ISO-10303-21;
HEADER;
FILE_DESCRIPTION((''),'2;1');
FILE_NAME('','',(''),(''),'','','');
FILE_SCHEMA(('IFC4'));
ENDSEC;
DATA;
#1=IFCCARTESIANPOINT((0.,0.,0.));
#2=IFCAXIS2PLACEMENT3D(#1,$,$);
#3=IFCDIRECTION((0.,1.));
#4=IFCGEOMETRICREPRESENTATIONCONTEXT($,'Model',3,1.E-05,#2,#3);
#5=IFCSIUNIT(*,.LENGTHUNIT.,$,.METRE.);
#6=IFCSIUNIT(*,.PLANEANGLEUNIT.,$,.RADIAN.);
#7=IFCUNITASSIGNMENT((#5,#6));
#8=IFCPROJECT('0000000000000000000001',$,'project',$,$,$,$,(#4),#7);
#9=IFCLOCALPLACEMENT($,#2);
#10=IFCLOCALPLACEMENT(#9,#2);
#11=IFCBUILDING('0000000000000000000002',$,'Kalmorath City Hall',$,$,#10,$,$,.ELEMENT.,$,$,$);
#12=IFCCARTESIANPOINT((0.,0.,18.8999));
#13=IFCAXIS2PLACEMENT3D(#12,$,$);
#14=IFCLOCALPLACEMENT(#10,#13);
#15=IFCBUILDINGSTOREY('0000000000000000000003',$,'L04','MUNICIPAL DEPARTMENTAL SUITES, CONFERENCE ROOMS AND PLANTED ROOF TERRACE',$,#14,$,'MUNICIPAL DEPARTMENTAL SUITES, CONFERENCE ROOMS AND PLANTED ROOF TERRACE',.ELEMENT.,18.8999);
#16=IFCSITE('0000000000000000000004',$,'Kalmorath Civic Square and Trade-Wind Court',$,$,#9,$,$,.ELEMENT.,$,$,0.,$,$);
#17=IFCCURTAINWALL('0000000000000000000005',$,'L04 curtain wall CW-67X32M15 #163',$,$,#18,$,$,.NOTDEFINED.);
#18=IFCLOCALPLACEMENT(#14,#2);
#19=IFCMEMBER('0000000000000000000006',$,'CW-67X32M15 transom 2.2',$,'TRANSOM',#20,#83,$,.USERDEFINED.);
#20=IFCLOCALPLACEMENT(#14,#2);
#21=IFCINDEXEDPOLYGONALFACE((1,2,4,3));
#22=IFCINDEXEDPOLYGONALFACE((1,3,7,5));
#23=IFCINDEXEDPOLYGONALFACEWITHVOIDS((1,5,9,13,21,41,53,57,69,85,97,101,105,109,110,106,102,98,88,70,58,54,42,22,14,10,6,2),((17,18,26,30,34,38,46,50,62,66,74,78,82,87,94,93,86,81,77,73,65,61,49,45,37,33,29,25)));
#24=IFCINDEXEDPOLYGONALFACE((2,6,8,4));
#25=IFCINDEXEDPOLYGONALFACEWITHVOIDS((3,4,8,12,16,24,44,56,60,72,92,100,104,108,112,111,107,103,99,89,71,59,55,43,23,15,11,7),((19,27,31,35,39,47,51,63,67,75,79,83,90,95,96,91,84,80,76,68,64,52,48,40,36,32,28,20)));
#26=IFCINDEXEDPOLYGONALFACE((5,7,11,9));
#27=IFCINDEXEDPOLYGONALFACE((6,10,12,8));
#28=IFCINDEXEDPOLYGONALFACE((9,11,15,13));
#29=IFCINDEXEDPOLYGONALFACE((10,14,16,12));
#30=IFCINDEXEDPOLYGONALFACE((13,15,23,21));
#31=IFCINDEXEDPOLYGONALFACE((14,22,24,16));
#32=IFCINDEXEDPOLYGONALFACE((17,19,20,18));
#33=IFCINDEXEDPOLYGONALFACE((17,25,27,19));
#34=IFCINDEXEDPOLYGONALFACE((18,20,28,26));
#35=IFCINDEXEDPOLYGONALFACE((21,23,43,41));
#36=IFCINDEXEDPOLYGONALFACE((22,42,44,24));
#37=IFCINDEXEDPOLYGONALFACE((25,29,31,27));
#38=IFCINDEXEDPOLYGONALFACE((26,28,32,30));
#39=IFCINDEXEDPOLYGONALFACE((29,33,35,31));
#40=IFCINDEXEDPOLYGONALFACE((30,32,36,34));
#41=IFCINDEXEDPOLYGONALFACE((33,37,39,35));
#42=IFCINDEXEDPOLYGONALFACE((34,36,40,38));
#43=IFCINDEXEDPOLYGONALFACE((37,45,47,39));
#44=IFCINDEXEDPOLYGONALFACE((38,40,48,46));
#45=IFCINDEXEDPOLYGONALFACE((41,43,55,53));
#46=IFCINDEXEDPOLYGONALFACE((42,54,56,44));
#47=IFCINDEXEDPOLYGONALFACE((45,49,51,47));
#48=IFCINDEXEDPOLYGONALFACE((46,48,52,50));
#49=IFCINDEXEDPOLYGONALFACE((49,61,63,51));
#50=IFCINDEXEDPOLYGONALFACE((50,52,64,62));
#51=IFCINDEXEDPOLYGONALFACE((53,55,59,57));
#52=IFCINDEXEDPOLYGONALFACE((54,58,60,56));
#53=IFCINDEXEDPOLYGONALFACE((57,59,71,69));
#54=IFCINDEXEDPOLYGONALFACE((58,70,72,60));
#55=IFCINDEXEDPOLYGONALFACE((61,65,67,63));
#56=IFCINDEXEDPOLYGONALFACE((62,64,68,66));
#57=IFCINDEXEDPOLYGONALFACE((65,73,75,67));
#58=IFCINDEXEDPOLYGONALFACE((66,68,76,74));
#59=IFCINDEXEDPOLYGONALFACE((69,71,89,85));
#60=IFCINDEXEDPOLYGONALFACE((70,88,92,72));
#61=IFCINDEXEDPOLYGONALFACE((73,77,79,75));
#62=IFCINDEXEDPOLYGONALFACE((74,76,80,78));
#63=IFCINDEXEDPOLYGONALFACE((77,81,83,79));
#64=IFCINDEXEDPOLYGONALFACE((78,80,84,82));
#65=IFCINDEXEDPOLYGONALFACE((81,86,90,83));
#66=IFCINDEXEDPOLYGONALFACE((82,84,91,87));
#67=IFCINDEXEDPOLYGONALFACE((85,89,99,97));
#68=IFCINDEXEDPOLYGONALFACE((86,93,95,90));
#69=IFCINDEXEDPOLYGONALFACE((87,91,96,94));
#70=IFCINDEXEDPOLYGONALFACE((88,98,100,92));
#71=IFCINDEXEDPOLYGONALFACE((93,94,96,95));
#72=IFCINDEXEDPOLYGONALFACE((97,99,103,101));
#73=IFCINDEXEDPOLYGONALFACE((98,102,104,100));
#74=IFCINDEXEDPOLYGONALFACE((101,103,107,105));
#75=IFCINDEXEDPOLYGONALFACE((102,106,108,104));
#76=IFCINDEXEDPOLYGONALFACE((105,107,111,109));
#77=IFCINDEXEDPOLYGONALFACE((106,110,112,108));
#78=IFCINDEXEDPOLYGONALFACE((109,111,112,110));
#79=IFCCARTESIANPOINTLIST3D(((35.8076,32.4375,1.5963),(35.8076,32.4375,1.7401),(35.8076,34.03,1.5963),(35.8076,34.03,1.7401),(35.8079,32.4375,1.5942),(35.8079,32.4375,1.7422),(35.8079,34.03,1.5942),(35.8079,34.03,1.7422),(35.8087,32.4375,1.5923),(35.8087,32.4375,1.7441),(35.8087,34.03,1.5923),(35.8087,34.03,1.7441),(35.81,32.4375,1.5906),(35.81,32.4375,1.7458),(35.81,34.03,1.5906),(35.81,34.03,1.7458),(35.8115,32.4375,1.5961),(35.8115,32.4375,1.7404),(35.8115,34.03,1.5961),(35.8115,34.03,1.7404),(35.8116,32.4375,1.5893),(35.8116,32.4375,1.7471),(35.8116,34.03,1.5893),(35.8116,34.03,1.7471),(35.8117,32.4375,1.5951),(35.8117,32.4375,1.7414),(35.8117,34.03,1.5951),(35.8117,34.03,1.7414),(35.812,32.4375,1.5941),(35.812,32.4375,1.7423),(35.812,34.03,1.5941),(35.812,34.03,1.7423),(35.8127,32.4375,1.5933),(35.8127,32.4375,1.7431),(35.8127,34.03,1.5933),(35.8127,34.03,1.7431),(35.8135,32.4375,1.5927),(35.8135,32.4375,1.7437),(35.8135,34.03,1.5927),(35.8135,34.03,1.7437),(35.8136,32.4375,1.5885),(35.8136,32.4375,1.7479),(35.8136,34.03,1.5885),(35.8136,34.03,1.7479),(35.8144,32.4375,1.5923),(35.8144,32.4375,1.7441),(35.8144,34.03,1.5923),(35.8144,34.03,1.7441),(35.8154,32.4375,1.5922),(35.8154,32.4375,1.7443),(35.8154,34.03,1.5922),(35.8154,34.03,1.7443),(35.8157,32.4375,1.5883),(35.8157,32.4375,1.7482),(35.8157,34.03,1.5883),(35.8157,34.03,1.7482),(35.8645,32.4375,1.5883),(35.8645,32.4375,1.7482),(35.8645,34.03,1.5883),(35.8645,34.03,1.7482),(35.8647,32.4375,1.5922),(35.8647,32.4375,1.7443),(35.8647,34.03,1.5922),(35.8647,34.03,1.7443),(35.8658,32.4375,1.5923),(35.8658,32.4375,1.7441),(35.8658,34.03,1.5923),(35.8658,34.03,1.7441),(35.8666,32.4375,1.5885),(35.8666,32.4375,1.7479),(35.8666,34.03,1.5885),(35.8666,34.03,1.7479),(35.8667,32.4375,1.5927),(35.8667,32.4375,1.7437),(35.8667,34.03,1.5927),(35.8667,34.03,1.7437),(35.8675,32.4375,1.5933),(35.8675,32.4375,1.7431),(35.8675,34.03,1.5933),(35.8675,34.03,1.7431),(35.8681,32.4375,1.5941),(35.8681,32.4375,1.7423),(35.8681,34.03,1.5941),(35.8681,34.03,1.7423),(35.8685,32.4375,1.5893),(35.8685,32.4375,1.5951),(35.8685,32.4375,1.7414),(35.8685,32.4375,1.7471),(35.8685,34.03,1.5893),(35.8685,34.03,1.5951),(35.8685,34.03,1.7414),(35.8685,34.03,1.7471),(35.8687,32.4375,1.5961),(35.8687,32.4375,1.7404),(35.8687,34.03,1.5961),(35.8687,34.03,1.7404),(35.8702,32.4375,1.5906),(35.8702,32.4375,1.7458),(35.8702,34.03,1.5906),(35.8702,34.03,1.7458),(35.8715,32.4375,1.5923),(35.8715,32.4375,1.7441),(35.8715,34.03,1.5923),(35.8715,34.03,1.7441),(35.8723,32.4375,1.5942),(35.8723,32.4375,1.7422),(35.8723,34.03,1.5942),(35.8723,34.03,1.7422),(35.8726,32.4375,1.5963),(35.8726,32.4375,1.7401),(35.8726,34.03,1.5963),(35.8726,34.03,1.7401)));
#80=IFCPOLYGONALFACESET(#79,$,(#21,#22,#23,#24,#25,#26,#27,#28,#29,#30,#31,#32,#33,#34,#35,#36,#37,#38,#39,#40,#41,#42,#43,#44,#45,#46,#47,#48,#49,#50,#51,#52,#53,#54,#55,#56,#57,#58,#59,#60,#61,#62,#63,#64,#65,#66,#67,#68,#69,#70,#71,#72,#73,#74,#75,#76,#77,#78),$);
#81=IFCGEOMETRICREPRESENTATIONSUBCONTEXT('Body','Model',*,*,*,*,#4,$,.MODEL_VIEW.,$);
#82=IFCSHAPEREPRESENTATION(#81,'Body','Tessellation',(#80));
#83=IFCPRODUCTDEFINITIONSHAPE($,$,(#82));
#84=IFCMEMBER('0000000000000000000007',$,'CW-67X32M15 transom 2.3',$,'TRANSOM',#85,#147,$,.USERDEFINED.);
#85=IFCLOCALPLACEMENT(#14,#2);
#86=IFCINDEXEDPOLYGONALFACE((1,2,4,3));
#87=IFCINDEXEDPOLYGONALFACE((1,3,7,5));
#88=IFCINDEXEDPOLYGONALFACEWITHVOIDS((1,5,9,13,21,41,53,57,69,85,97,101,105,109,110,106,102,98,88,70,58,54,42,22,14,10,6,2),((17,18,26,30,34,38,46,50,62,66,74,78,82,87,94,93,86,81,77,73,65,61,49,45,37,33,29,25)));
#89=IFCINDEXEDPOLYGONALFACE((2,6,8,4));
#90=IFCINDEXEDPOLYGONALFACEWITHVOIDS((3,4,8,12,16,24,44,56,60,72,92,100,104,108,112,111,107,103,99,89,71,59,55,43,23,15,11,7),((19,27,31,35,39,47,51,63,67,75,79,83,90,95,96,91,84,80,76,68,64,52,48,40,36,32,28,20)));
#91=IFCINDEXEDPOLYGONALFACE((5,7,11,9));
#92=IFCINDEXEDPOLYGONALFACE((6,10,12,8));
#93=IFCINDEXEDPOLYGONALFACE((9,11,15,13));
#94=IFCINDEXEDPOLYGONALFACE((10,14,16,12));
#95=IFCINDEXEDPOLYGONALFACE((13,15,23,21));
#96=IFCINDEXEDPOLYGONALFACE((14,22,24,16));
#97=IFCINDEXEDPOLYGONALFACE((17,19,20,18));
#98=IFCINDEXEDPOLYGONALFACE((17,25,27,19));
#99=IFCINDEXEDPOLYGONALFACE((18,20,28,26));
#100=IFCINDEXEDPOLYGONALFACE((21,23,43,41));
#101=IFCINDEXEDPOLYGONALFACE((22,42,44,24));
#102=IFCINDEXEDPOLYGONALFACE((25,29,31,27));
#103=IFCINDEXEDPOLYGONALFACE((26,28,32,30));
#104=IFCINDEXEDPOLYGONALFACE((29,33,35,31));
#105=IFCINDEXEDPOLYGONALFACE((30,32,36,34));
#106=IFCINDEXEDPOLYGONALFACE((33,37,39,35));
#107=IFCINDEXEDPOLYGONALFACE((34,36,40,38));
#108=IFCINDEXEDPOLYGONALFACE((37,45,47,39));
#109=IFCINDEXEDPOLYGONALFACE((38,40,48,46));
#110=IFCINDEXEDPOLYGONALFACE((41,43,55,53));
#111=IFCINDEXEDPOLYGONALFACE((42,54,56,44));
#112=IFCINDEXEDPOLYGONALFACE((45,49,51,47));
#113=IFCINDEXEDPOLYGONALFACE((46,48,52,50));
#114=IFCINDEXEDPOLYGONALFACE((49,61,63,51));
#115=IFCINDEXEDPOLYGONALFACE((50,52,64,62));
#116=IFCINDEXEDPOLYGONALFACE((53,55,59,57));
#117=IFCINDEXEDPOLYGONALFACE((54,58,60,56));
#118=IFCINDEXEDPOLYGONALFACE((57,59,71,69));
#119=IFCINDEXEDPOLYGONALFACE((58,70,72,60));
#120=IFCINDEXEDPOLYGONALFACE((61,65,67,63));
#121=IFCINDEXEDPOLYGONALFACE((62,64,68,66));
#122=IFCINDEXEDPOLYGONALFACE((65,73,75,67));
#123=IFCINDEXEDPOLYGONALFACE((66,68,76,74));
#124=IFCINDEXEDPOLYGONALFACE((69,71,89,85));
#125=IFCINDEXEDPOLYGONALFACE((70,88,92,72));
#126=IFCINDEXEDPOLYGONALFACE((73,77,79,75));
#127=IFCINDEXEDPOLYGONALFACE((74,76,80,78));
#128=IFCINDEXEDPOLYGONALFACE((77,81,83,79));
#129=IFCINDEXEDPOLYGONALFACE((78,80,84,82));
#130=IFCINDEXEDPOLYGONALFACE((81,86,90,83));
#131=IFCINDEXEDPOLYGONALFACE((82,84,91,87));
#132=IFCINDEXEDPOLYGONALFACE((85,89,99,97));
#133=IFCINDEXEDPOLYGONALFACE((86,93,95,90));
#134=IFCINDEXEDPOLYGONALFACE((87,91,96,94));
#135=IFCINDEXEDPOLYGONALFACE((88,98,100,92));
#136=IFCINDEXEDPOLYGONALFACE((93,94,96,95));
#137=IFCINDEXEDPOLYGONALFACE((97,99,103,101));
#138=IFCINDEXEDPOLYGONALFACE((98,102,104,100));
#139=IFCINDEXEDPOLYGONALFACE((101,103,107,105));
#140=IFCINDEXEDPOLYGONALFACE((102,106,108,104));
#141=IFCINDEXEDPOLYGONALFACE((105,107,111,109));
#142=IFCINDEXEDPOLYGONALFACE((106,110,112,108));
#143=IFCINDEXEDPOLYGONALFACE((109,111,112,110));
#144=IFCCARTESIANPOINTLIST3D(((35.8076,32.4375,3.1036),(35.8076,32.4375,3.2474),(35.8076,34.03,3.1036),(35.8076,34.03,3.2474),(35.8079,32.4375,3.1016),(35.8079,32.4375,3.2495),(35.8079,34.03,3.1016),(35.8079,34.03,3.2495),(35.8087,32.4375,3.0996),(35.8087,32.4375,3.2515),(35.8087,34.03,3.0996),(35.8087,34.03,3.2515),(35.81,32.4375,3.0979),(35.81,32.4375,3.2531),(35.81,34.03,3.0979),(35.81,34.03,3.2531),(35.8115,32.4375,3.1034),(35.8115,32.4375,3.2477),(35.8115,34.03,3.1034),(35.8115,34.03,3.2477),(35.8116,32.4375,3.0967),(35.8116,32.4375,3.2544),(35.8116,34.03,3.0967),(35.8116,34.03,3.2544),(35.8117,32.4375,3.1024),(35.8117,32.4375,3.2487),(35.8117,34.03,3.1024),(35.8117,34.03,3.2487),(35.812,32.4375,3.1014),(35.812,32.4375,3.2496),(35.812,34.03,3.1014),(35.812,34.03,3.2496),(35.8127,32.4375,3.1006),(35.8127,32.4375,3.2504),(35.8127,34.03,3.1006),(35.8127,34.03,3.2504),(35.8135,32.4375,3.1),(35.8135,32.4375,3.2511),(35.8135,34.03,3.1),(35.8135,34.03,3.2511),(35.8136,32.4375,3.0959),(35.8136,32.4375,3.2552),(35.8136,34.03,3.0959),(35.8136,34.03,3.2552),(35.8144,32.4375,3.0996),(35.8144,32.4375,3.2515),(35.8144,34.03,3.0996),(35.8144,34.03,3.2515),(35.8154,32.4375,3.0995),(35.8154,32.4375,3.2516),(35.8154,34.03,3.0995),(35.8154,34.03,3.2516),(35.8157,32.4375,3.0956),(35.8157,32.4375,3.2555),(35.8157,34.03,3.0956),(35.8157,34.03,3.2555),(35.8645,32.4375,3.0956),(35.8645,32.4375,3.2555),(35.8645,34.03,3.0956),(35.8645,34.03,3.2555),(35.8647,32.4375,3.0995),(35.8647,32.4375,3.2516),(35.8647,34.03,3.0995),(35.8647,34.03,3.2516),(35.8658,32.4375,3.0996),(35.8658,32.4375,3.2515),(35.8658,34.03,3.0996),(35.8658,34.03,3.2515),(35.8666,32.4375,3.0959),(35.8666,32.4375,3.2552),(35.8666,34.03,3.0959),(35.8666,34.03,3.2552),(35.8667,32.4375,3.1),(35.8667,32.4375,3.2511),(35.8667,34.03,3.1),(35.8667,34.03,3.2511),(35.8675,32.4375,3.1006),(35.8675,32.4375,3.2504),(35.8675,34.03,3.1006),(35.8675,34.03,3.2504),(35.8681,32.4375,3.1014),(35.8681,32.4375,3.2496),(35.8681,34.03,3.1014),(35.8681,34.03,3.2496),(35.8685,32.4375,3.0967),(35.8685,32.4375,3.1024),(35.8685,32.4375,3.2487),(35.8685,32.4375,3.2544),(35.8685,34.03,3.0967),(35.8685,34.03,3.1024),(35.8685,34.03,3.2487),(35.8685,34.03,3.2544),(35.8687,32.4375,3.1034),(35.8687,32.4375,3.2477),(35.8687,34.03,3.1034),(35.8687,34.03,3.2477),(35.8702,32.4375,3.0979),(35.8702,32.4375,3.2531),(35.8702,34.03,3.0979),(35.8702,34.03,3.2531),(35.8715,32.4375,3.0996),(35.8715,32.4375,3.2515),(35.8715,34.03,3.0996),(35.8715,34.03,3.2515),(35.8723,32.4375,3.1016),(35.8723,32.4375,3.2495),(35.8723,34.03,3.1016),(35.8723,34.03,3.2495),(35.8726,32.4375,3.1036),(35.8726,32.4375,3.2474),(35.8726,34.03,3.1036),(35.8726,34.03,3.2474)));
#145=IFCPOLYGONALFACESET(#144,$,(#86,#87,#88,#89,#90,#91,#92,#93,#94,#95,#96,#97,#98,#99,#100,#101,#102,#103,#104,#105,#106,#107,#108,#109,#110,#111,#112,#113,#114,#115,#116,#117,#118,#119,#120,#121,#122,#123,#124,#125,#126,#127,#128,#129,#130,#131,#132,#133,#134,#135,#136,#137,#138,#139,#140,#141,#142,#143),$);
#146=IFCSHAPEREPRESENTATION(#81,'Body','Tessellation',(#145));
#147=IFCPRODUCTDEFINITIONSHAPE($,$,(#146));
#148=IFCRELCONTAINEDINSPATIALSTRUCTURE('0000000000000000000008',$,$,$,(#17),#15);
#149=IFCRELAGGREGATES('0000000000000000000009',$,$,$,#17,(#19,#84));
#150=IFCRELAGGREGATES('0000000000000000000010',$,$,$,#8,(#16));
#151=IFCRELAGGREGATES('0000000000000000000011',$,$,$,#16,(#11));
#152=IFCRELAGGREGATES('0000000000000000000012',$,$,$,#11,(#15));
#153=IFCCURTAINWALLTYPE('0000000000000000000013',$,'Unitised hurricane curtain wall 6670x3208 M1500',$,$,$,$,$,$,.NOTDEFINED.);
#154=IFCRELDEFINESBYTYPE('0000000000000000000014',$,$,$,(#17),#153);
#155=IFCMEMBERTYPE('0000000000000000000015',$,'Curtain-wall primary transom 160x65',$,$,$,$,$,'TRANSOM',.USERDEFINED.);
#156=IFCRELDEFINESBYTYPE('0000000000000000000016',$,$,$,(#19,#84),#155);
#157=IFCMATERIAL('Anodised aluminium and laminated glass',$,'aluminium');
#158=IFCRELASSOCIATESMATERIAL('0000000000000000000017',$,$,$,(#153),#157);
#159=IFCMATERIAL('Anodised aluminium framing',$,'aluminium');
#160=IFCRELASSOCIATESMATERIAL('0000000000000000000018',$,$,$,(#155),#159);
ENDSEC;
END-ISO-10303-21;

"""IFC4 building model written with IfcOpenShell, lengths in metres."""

from ifc_helpers import new_model, si_unit, direction, frame, origin, origin_2d, place, context, subcontext, project, spatial, hollow_rectangle, extrude, material, material_profile, profile_set, type_object, element, aggregate, save


model = new_model("IFC4")

# Units and contexts
model_context = context("Model", 3, precision=1e-05, world=origin(), true_north=direction((0.0, 1.0)))
body_context = subcontext(model_context, "Body", "Model", "MODEL_VIEW")
ifc_project = project(units=[si_unit("LENGTHUNIT", "METRE"), si_unit("PLANEANGLEUNIT", "RADIAN")], contexts=[model_context])

# Site, building, storey
site_placement = place(None, origin())
site = spatial("IfcSite", under=ifc_project, at=site_placement, Name="Kalmorath Civic Square and Trade-Wind Court", CompositionType="ELEMENT", RefElevation=0.0)
building_placement = place(site_placement, origin())
building = spatial("IfcBuilding", under=site, at=building_placement, Name="Kalmorath City Hall", CompositionType="ELEMENT")
storey_placement = place(building_placement, frame((0.0, 0.0, 18.8999)))
storey = spatial("IfcBuildingStorey", under=building, at=storey_placement, Name="L04", Description="MUNICIPAL DEPARTMENTAL SUITES, CONFERENCE ROOMS AND PLANTED ROOF TERRACE", LongName="MUNICIPAL DEPARTMENTAL SUITES, CONFERENCE ROOMS AND PLANTED ROOF TERRACE", CompositionType="ELEMENT", Elevation=18.8999)

# Curtain wall
ifc_material_1 = material(Name="Anodised aluminium and laminated glass", Category="aluminium")
curtain_wall_type_1 = type_object("IfcCurtainWallType", Name="Unitised hurricane curtain wall 6670x3208 M1500", PredefinedType="NOTDEFINED", material=ifc_material_1)
curtain_wall_1_placement = place(storey_placement, origin())
curtain_wall_1 = element("IfcCurtainWall", 1, at=curtain_wall_1_placement, inside=storey, type_object=curtain_wall_type_1, Name="L04 curtain wall CW-67X32M15 #163", PredefinedType="NOTDEFINED")

# Members
ifc_material_2 = material(Name="Anodised aluminium framing", Category="aluminium")
ifc_material_profile_1 = material_profile(ifc_material_2, hollow_rectangle(XDim=0.0649, YDim=0.1599, WallThickness=0.0039, InnerFilletRadius=0.0039, OuterFilletRadius=0.0081, at=origin_2d()), Name="ALU-TRN-160X65X4")
ifc_profile_set_1 = profile_set([ifc_material_profile_1], Name="Anodised aluminium framing")
member_type_1 = type_object("IfcMemberType", Name="Curtain-wall primary transom 160x65", ElementType="TRANSOM", PredefinedType="USERDEFINED", material=ifc_profile_set_1)
member_1_placement = place(storey_placement, frame((35.8401, 34.03, 1.6682), z_axis=(0.0, -1.0, 0.0), x_axis=(1.0, 0.0, 0.0)))
member_1 = element("IfcMember", 2, at=member_1_placement, type_object=member_type_1, Name="CW-67X32M15 transom 2.2", ObjectType="TRANSOM", PredefinedType="USERDEFINED", context=body_context, shape_type="SweptSolid", body=[
    extrude(hollow_rectangle(XDim=0.0649, YDim=0.1599, WallThickness=0.0039, InnerFilletRadius=0.0039, OuterFilletRadius=0.0081, at=origin_2d()), origin(), (0.0, 0.0, 1.0), 1.5925),
])
member_2_placement = place(storey_placement, frame((35.8401, 34.03, 3.1755), z_axis=(0.0, -1.0, 0.0), x_axis=(1.0, 0.0, 0.0)))
member_2 = element("IfcMember", 3, at=member_2_placement, type_object=member_type_1, Name="CW-67X32M15 transom 2.3", ObjectType="TRANSOM", PredefinedType="USERDEFINED", context=body_context, shape_type="SweptSolid", body=[
    extrude(hollow_rectangle(XDim=0.0649, YDim=0.1599, WallThickness=0.0039, InnerFilletRadius=0.0039, OuterFilletRadius=0.0081, at=origin_2d()), origin(), (0.0, 0.0, 1.0), 1.5925),
])

aggregate(curtain_wall_1, [member_1, member_2])

save(model, "model.ifc")
